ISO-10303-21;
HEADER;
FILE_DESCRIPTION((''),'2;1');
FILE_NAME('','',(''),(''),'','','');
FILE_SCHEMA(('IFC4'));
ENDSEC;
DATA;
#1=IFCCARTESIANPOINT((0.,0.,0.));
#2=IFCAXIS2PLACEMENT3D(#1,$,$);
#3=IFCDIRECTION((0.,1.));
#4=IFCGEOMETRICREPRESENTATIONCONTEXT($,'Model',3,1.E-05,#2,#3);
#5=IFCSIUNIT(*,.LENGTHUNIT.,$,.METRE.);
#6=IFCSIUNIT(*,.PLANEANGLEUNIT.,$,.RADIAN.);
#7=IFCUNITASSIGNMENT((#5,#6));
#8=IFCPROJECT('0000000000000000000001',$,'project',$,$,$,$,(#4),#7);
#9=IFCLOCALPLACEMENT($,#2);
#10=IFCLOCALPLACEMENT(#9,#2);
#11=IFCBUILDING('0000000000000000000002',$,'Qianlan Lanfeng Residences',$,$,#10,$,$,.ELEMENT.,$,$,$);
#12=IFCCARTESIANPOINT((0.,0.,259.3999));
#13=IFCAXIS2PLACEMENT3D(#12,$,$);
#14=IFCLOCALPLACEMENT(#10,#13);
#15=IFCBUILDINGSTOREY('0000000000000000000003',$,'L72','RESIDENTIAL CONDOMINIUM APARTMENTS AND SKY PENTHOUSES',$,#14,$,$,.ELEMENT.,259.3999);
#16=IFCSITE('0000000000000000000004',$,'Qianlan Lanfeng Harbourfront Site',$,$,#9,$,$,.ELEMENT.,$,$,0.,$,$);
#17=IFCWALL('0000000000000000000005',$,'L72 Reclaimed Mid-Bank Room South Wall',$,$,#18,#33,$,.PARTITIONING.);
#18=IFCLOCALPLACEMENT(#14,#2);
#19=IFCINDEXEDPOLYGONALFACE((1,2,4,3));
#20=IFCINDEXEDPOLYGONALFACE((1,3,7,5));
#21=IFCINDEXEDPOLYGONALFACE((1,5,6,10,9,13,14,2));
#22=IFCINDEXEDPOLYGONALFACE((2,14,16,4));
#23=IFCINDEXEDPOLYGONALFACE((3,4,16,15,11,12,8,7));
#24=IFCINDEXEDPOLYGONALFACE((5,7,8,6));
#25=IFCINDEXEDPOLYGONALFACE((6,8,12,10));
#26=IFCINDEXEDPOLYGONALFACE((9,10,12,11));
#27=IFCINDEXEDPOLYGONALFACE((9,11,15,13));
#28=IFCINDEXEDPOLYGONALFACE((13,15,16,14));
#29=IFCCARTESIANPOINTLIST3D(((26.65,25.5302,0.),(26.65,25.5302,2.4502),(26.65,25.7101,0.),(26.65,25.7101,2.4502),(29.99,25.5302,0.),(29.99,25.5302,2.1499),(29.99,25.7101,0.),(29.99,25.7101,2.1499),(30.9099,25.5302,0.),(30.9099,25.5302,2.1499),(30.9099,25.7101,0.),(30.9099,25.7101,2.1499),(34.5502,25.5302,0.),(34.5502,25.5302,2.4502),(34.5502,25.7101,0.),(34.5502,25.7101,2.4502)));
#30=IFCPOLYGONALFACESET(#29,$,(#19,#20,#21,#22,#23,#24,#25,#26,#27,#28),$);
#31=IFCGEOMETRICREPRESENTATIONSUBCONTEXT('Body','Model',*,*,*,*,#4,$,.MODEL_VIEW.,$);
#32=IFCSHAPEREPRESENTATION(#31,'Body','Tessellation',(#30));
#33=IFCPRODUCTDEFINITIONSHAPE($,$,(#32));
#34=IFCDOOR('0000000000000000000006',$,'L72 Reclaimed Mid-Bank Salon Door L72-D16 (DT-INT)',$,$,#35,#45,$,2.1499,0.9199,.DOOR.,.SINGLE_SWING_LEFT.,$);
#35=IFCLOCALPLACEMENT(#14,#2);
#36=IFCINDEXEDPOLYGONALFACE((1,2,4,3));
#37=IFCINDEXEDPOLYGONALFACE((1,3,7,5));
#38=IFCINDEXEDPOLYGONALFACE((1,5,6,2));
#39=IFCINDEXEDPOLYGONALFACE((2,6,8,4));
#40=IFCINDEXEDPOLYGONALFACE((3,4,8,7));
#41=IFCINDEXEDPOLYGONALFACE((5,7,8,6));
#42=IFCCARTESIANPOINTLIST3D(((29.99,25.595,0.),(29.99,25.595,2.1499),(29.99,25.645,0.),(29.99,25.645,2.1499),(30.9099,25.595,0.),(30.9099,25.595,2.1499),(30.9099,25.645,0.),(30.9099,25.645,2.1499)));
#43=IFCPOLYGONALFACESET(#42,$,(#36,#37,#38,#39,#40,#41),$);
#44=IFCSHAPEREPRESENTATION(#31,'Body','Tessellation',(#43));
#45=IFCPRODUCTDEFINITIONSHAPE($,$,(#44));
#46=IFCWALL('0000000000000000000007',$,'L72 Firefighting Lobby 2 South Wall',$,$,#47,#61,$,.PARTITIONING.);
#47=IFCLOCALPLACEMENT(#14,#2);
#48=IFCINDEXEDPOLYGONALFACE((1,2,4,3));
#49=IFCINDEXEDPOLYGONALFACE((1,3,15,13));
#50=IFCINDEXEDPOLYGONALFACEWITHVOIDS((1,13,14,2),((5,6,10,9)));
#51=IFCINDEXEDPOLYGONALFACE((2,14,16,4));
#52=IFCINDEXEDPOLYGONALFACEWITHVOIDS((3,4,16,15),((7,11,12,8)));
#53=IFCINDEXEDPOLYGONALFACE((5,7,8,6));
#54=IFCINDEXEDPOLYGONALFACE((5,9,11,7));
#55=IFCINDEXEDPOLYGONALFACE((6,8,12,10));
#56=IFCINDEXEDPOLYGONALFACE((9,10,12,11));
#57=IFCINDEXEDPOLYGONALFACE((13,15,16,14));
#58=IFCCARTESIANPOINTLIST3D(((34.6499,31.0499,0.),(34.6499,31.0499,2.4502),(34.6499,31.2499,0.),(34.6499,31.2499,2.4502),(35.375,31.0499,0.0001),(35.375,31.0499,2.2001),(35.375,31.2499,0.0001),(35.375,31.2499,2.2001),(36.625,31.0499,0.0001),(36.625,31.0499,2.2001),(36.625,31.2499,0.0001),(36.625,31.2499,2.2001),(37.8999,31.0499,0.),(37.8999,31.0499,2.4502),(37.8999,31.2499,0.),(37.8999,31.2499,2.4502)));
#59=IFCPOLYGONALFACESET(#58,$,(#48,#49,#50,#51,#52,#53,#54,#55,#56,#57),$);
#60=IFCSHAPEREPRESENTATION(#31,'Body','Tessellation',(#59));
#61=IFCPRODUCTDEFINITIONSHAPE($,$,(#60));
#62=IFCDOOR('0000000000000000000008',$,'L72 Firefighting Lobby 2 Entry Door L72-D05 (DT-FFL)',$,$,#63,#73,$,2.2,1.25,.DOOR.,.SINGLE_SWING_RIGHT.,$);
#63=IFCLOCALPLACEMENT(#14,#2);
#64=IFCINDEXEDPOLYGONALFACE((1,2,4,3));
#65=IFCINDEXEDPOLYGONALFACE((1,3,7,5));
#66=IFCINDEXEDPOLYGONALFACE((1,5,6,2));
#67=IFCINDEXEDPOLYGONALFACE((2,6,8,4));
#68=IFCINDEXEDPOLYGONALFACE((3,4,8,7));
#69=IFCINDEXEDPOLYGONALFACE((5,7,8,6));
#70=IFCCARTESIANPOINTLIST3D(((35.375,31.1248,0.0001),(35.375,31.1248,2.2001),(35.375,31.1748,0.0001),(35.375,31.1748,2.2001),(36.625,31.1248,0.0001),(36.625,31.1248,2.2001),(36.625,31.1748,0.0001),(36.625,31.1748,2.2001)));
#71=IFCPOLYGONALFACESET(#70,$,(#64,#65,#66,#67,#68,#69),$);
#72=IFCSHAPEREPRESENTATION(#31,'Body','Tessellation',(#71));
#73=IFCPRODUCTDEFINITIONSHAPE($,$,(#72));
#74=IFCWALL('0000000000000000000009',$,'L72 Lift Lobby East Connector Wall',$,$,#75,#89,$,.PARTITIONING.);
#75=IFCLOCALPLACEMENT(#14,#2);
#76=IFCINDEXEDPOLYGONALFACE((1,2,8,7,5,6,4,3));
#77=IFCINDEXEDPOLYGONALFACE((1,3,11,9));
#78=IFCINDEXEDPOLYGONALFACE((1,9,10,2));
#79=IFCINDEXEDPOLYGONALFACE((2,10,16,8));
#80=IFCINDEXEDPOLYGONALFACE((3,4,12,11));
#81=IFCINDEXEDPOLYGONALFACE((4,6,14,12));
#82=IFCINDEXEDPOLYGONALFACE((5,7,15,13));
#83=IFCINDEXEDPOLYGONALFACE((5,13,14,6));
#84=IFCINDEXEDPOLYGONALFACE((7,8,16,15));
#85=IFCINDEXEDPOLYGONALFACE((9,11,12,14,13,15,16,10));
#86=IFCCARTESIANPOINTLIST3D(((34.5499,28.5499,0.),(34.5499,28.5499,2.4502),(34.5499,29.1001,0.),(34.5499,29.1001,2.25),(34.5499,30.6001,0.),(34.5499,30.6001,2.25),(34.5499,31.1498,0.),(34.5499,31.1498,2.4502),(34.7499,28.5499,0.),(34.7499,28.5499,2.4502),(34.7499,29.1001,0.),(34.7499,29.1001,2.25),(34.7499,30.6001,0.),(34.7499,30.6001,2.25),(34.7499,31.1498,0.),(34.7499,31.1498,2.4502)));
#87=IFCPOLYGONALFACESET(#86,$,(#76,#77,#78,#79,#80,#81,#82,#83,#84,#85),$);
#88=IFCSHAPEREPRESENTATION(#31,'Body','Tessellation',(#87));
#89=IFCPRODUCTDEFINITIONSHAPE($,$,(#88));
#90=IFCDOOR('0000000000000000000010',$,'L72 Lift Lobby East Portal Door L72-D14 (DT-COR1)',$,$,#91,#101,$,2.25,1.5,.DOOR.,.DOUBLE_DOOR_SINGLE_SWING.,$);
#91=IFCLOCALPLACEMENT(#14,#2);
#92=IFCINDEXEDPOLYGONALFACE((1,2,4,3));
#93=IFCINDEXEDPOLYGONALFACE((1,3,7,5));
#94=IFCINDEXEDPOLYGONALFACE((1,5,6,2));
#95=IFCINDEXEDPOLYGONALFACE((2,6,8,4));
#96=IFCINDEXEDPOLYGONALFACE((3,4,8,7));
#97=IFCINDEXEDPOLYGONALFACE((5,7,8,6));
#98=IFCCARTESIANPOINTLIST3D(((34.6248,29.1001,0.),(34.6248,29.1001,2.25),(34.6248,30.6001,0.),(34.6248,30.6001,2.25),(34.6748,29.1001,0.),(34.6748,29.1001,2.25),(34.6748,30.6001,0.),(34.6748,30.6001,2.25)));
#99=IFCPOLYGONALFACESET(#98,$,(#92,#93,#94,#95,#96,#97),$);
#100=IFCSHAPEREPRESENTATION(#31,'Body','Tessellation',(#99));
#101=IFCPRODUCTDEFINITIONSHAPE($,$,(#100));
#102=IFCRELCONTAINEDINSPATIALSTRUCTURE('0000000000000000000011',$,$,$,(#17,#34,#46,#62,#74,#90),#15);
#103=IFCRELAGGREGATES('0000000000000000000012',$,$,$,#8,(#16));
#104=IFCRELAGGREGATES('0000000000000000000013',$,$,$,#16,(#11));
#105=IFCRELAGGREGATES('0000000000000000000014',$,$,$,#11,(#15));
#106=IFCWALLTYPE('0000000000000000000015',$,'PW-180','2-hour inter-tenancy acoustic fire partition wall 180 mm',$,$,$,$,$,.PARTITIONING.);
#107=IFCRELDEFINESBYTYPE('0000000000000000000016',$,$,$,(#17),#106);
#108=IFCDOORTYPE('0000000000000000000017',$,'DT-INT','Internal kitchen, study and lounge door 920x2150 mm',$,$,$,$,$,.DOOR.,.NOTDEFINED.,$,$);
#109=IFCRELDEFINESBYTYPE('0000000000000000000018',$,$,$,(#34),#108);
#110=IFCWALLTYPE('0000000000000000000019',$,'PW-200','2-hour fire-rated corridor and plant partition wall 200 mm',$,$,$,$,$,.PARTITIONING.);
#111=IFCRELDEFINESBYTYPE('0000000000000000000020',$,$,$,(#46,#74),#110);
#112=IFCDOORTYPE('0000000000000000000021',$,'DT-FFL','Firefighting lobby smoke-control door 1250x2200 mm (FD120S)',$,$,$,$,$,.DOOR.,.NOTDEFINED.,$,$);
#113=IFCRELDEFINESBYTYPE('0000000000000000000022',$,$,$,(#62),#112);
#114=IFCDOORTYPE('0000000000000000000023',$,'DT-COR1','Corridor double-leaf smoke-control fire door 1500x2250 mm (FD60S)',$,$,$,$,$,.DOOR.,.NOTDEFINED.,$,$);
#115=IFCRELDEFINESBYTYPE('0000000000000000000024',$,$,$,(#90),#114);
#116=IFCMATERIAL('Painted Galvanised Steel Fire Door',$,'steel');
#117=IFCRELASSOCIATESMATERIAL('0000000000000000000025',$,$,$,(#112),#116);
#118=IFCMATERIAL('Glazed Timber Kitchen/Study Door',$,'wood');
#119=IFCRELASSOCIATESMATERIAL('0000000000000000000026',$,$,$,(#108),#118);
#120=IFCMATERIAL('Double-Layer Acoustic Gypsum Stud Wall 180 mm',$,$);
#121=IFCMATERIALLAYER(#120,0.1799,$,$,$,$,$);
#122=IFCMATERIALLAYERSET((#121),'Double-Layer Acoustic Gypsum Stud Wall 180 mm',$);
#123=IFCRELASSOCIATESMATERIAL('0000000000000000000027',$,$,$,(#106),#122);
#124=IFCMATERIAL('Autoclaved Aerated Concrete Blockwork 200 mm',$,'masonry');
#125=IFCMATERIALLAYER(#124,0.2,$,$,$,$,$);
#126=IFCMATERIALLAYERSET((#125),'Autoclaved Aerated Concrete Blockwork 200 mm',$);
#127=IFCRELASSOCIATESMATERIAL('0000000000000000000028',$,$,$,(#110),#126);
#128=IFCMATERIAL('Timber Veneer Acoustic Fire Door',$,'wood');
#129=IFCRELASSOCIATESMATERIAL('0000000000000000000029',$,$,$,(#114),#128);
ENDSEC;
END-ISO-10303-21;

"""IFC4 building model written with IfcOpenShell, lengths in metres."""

from ifc_helpers import new_model, si_unit, direction, frame, frame_2d, origin, place, context, subcontext, project, spatial, rectangle, extrude, material, layer, layer_set, type_object, element, fill, save


model = new_model("IFC4")

# Units and contexts
model_context = context("Model", 3, precision=1e-05, world=origin(), true_north=direction((0.0, 1.0)))
body_context = subcontext(model_context, "Body", "Model", "MODEL_VIEW")
ifc_project = project(units=[si_unit("LENGTHUNIT", "METRE"), si_unit("PLANEANGLEUNIT", "RADIAN")], contexts=[model_context])

# Site, building, storey
site_placement = place(None, origin())
site = spatial("IfcSite", under=ifc_project, at=site_placement, Name="Qianlan Lanfeng Harbourfront Site", CompositionType="ELEMENT", RefElevation=0.0)
building_placement = place(site_placement, origin())
building = spatial("IfcBuilding", under=site, at=building_placement, Name="Qianlan Lanfeng Residences", CompositionType="ELEMENT")
storey_placement = place(building_placement, frame((0.0, 0.0, 259.3999)))
storey = spatial("IfcBuildingStorey", under=building, at=storey_placement, Name="L72", Description="RESIDENTIAL CONDOMINIUM APARTMENTS AND SKY PENTHOUSES", CompositionType="ELEMENT", Elevation=259.3999)

# Shared definitions
ifc_material_1 = material(Name="Painted Galvanised Steel Fire Door", Category="steel")
door_type_1 = type_object("IfcDoorType", Name="DT-FFL", Description="Firefighting lobby smoke-control door 1250x2200 mm (FD120S)", OperationType="NOTDEFINED", PredefinedType="DOOR", material=ifc_material_1)
ifc_material_2 = material(Name="Glazed Timber Kitchen/Study Door", Category="wood")
door_type_2 = type_object("IfcDoorType", Name="DT-INT", Description="Internal kitchen, study and lounge door 920x2150 mm", OperationType="NOTDEFINED", PredefinedType="DOOR", material=ifc_material_2)

# Shared definitions
ifc_material_3 = material(Name="Double-Layer Acoustic Gypsum Stud Wall 180 mm")
ifc_layer_1 = layer(ifc_material_3, 0.1799)
ifc_layer_set_1 = layer_set([ifc_layer_1], Name="Double-Layer Acoustic Gypsum Stud Wall 180 mm")
wall_type_1 = type_object("IfcWallType", Name="PW-180", Description="2-hour inter-tenancy acoustic fire partition wall 180 mm", PredefinedType="PARTITIONING", material=ifc_layer_set_1)

# Walls, openings, doors
wall_1_placement = place(storey_placement, frame((26.6499, 25.6201, 0.0), z_axis=(0.0, 0.0, 1.0), x_axis=(1.0, 0.0, 0.0)))
wall_1 = element("IfcWall", 1, at=wall_1_placement, inside=storey, type_object=wall_type_1, Name="L72 Reclaimed Mid-Bank Room South Wall", PredefinedType="PARTITIONING", context=body_context, shape_type="SweptSolid", body=[
    extrude(rectangle(XDim=7.9001, YDim=0.1799, at=frame_2d((3.9502, 0.0))), origin(), (0.0, 0.0, 1.0), 2.4502),
])
opening_1_placement = place(wall_1_placement, frame((3.3401, 0.0, 0.0)))
opening_1 = element("IfcOpeningElement", 2, at=opening_1_placement, cuts=wall_1, PredefinedType="OPENING", context=body_context, shape_type="SweptSolid", body=[
    extrude(rectangle(XDim=0.9199, YDim=2.1499, at=frame_2d((0.46, 1.075))), frame((0.0, 0.1001, 0.0), z_axis=(0.0, -1.0, 0.0), x_axis=(1.0, 0.0, 0.0)), (0.0, 0.0, 1.0), 0.2),
])
door_1_placement = place(opening_1_placement, origin())
door_1 = element("IfcDoor", 3, at=door_1_placement, inside=storey, type_object=door_type_2, Name="L72 Reclaimed Mid-Bank Salon Door L72-D16 (DT-INT)", OperationType="SINGLE_SWING_LEFT", OverallHeight=2.1499, OverallWidth=0.9199, PredefinedType="DOOR", context=body_context, shape_type="SweptSolid", body=[
    extrude(rectangle(XDim=0.9199, YDim=2.1499, at=frame_2d((0.46, 1.075))), frame((0.0, 0.0249, 0.0), z_axis=(0.0, -1.0, 0.0), x_axis=(1.0, 0.0, 0.0)), (0.0, 0.0, 1.0), 0.05),
])
fill(opening_1, door_1)
ifc_material_4 = material(Name="Autoclaved Aerated Concrete Blockwork 200 mm", Category="masonry")
ifc_layer_2 = layer(ifc_material_4, 0.2)
ifc_layer_set_2 = layer_set([ifc_layer_2], Name="Autoclaved Aerated Concrete Blockwork 200 mm")
wall_type_2 = type_object("IfcWallType", Name="PW-200", Description="2-hour fire-rated corridor and plant partition wall 200 mm", PredefinedType="PARTITIONING", material=ifc_layer_set_2)
wall_2_placement = place(storey_placement, frame((34.6499, 31.1499, 0.0), z_axis=(0.0, 0.0, 1.0), x_axis=(1.0, 0.0, 0.0)))
wall_2 = element("IfcWall", 4, at=wall_2_placement, inside=storey, type_object=wall_type_2, Name="L72 Firefighting Lobby 2 South Wall", PredefinedType="PARTITIONING", context=body_context, shape_type="SweptSolid", body=[
    extrude(rectangle(XDim=3.25, YDim=0.2, at=frame_2d((1.625, 0.0))), origin(), (0.0, 0.0, 1.0), 2.4502),
])
opening_2_placement = place(wall_2_placement, frame((0.7251, 0.0, 0.0)))
opening_2 = element("IfcOpeningElement", 5, at=opening_2_placement, cuts=wall_2, PredefinedType="OPENING", context=body_context, shape_type="SweptSolid", body=[
    extrude(rectangle(XDim=1.25, YDim=2.2, at=frame_2d((0.625, 1.1001))), frame((0.0, 0.1099, 0.0), z_axis=(0.0, -1.0, 0.0), x_axis=(1.0, 0.0, 0.0)), (0.0, 0.0, 1.0), 0.22),
])
door_2_placement = place(opening_2_placement, origin())
door_2 = element("IfcDoor", 6, at=door_2_placement, inside=storey, type_object=door_type_1, Name="L72 Firefighting Lobby 2 Entry Door L72-D05 (DT-FFL)", OperationType="SINGLE_SWING_RIGHT", OverallHeight=2.2, OverallWidth=1.25, PredefinedType="DOOR", context=body_context, shape_type="SweptSolid", body=[
    extrude(rectangle(XDim=1.25, YDim=2.2, at=frame_2d((0.625, 1.1001))), frame((0.0, 0.0249, 0.0), z_axis=(0.0, -1.0, 0.0), x_axis=(1.0, 0.0, 0.0)), (0.0, 0.0, 1.0), 0.05),
])
fill(opening_2, door_2)
wall_3_placement = place(storey_placement, frame((34.6499, 28.55, 0.0), z_axis=(0.0, 0.0, 1.0), x_axis=(0.0, 1.0, 0.0)))
wall_3 = element("IfcWall", 7, at=wall_3_placement, inside=storey, type_object=wall_type_2, Name="L72 Lift Lobby East Connector Wall", PredefinedType="PARTITIONING", context=body_context, shape_type="SweptSolid", body=[
    extrude(rectangle(XDim=2.5999, YDim=0.2, at=frame_2d((1.2998, 0.0))), origin(), (0.0, 0.0, 1.0), 2.4502),
])
opening_3_placement = place(wall_3_placement, frame((0.55, 0.0, 0.0)))
opening_3 = element("IfcOpeningElement", 8, at=opening_3_placement, cuts=wall_3, PredefinedType="OPENING", context=body_context, shape_type="SweptSolid", body=[
    extrude(rectangle(XDim=1.5, YDim=2.25, at=frame_2d((0.75, 1.125))), frame((0.0, 0.1099, 0.0), z_axis=(0.0, -1.0, 0.0), x_axis=(1.0, 0.0, 0.0)), (0.0, 0.0, 1.0), 0.22),
])
ifc_material_5 = material(Name="Timber Veneer Acoustic Fire Door", Category="wood")
door_type_3 = type_object("IfcDoorType", Name="DT-COR1", Description="Corridor double-leaf smoke-control fire door 1500x2250 mm (FD60S)", OperationType="NOTDEFINED", PredefinedType="DOOR", material=ifc_material_5)
door_3_placement = place(opening_3_placement, frame((1.5, 0.0, 0.0), z_axis=(0.0, 0.0, 1.0), x_axis=(-1.0, 0.0, 0.0)))
door_3 = element("IfcDoor", 9, at=door_3_placement, inside=storey, type_object=door_type_3, Name="L72 Lift Lobby East Portal Door L72-D14 (DT-COR1)", OperationType="DOUBLE_DOOR_SINGLE_SWING", OverallHeight=2.25, OverallWidth=1.5, PredefinedType="DOOR", context=body_context, shape_type="SweptSolid", body=[
    extrude(rectangle(XDim=1.5, YDim=2.25, at=frame_2d((0.75, 1.125))), frame((0.0, 0.0249, 0.0), z_axis=(0.0, -1.0, 0.0), x_axis=(1.0, 0.0, 0.0)), (0.0, 0.0, 1.0), 0.05),
])
fill(opening_3, door_3)

save(model, "model.ifc")
